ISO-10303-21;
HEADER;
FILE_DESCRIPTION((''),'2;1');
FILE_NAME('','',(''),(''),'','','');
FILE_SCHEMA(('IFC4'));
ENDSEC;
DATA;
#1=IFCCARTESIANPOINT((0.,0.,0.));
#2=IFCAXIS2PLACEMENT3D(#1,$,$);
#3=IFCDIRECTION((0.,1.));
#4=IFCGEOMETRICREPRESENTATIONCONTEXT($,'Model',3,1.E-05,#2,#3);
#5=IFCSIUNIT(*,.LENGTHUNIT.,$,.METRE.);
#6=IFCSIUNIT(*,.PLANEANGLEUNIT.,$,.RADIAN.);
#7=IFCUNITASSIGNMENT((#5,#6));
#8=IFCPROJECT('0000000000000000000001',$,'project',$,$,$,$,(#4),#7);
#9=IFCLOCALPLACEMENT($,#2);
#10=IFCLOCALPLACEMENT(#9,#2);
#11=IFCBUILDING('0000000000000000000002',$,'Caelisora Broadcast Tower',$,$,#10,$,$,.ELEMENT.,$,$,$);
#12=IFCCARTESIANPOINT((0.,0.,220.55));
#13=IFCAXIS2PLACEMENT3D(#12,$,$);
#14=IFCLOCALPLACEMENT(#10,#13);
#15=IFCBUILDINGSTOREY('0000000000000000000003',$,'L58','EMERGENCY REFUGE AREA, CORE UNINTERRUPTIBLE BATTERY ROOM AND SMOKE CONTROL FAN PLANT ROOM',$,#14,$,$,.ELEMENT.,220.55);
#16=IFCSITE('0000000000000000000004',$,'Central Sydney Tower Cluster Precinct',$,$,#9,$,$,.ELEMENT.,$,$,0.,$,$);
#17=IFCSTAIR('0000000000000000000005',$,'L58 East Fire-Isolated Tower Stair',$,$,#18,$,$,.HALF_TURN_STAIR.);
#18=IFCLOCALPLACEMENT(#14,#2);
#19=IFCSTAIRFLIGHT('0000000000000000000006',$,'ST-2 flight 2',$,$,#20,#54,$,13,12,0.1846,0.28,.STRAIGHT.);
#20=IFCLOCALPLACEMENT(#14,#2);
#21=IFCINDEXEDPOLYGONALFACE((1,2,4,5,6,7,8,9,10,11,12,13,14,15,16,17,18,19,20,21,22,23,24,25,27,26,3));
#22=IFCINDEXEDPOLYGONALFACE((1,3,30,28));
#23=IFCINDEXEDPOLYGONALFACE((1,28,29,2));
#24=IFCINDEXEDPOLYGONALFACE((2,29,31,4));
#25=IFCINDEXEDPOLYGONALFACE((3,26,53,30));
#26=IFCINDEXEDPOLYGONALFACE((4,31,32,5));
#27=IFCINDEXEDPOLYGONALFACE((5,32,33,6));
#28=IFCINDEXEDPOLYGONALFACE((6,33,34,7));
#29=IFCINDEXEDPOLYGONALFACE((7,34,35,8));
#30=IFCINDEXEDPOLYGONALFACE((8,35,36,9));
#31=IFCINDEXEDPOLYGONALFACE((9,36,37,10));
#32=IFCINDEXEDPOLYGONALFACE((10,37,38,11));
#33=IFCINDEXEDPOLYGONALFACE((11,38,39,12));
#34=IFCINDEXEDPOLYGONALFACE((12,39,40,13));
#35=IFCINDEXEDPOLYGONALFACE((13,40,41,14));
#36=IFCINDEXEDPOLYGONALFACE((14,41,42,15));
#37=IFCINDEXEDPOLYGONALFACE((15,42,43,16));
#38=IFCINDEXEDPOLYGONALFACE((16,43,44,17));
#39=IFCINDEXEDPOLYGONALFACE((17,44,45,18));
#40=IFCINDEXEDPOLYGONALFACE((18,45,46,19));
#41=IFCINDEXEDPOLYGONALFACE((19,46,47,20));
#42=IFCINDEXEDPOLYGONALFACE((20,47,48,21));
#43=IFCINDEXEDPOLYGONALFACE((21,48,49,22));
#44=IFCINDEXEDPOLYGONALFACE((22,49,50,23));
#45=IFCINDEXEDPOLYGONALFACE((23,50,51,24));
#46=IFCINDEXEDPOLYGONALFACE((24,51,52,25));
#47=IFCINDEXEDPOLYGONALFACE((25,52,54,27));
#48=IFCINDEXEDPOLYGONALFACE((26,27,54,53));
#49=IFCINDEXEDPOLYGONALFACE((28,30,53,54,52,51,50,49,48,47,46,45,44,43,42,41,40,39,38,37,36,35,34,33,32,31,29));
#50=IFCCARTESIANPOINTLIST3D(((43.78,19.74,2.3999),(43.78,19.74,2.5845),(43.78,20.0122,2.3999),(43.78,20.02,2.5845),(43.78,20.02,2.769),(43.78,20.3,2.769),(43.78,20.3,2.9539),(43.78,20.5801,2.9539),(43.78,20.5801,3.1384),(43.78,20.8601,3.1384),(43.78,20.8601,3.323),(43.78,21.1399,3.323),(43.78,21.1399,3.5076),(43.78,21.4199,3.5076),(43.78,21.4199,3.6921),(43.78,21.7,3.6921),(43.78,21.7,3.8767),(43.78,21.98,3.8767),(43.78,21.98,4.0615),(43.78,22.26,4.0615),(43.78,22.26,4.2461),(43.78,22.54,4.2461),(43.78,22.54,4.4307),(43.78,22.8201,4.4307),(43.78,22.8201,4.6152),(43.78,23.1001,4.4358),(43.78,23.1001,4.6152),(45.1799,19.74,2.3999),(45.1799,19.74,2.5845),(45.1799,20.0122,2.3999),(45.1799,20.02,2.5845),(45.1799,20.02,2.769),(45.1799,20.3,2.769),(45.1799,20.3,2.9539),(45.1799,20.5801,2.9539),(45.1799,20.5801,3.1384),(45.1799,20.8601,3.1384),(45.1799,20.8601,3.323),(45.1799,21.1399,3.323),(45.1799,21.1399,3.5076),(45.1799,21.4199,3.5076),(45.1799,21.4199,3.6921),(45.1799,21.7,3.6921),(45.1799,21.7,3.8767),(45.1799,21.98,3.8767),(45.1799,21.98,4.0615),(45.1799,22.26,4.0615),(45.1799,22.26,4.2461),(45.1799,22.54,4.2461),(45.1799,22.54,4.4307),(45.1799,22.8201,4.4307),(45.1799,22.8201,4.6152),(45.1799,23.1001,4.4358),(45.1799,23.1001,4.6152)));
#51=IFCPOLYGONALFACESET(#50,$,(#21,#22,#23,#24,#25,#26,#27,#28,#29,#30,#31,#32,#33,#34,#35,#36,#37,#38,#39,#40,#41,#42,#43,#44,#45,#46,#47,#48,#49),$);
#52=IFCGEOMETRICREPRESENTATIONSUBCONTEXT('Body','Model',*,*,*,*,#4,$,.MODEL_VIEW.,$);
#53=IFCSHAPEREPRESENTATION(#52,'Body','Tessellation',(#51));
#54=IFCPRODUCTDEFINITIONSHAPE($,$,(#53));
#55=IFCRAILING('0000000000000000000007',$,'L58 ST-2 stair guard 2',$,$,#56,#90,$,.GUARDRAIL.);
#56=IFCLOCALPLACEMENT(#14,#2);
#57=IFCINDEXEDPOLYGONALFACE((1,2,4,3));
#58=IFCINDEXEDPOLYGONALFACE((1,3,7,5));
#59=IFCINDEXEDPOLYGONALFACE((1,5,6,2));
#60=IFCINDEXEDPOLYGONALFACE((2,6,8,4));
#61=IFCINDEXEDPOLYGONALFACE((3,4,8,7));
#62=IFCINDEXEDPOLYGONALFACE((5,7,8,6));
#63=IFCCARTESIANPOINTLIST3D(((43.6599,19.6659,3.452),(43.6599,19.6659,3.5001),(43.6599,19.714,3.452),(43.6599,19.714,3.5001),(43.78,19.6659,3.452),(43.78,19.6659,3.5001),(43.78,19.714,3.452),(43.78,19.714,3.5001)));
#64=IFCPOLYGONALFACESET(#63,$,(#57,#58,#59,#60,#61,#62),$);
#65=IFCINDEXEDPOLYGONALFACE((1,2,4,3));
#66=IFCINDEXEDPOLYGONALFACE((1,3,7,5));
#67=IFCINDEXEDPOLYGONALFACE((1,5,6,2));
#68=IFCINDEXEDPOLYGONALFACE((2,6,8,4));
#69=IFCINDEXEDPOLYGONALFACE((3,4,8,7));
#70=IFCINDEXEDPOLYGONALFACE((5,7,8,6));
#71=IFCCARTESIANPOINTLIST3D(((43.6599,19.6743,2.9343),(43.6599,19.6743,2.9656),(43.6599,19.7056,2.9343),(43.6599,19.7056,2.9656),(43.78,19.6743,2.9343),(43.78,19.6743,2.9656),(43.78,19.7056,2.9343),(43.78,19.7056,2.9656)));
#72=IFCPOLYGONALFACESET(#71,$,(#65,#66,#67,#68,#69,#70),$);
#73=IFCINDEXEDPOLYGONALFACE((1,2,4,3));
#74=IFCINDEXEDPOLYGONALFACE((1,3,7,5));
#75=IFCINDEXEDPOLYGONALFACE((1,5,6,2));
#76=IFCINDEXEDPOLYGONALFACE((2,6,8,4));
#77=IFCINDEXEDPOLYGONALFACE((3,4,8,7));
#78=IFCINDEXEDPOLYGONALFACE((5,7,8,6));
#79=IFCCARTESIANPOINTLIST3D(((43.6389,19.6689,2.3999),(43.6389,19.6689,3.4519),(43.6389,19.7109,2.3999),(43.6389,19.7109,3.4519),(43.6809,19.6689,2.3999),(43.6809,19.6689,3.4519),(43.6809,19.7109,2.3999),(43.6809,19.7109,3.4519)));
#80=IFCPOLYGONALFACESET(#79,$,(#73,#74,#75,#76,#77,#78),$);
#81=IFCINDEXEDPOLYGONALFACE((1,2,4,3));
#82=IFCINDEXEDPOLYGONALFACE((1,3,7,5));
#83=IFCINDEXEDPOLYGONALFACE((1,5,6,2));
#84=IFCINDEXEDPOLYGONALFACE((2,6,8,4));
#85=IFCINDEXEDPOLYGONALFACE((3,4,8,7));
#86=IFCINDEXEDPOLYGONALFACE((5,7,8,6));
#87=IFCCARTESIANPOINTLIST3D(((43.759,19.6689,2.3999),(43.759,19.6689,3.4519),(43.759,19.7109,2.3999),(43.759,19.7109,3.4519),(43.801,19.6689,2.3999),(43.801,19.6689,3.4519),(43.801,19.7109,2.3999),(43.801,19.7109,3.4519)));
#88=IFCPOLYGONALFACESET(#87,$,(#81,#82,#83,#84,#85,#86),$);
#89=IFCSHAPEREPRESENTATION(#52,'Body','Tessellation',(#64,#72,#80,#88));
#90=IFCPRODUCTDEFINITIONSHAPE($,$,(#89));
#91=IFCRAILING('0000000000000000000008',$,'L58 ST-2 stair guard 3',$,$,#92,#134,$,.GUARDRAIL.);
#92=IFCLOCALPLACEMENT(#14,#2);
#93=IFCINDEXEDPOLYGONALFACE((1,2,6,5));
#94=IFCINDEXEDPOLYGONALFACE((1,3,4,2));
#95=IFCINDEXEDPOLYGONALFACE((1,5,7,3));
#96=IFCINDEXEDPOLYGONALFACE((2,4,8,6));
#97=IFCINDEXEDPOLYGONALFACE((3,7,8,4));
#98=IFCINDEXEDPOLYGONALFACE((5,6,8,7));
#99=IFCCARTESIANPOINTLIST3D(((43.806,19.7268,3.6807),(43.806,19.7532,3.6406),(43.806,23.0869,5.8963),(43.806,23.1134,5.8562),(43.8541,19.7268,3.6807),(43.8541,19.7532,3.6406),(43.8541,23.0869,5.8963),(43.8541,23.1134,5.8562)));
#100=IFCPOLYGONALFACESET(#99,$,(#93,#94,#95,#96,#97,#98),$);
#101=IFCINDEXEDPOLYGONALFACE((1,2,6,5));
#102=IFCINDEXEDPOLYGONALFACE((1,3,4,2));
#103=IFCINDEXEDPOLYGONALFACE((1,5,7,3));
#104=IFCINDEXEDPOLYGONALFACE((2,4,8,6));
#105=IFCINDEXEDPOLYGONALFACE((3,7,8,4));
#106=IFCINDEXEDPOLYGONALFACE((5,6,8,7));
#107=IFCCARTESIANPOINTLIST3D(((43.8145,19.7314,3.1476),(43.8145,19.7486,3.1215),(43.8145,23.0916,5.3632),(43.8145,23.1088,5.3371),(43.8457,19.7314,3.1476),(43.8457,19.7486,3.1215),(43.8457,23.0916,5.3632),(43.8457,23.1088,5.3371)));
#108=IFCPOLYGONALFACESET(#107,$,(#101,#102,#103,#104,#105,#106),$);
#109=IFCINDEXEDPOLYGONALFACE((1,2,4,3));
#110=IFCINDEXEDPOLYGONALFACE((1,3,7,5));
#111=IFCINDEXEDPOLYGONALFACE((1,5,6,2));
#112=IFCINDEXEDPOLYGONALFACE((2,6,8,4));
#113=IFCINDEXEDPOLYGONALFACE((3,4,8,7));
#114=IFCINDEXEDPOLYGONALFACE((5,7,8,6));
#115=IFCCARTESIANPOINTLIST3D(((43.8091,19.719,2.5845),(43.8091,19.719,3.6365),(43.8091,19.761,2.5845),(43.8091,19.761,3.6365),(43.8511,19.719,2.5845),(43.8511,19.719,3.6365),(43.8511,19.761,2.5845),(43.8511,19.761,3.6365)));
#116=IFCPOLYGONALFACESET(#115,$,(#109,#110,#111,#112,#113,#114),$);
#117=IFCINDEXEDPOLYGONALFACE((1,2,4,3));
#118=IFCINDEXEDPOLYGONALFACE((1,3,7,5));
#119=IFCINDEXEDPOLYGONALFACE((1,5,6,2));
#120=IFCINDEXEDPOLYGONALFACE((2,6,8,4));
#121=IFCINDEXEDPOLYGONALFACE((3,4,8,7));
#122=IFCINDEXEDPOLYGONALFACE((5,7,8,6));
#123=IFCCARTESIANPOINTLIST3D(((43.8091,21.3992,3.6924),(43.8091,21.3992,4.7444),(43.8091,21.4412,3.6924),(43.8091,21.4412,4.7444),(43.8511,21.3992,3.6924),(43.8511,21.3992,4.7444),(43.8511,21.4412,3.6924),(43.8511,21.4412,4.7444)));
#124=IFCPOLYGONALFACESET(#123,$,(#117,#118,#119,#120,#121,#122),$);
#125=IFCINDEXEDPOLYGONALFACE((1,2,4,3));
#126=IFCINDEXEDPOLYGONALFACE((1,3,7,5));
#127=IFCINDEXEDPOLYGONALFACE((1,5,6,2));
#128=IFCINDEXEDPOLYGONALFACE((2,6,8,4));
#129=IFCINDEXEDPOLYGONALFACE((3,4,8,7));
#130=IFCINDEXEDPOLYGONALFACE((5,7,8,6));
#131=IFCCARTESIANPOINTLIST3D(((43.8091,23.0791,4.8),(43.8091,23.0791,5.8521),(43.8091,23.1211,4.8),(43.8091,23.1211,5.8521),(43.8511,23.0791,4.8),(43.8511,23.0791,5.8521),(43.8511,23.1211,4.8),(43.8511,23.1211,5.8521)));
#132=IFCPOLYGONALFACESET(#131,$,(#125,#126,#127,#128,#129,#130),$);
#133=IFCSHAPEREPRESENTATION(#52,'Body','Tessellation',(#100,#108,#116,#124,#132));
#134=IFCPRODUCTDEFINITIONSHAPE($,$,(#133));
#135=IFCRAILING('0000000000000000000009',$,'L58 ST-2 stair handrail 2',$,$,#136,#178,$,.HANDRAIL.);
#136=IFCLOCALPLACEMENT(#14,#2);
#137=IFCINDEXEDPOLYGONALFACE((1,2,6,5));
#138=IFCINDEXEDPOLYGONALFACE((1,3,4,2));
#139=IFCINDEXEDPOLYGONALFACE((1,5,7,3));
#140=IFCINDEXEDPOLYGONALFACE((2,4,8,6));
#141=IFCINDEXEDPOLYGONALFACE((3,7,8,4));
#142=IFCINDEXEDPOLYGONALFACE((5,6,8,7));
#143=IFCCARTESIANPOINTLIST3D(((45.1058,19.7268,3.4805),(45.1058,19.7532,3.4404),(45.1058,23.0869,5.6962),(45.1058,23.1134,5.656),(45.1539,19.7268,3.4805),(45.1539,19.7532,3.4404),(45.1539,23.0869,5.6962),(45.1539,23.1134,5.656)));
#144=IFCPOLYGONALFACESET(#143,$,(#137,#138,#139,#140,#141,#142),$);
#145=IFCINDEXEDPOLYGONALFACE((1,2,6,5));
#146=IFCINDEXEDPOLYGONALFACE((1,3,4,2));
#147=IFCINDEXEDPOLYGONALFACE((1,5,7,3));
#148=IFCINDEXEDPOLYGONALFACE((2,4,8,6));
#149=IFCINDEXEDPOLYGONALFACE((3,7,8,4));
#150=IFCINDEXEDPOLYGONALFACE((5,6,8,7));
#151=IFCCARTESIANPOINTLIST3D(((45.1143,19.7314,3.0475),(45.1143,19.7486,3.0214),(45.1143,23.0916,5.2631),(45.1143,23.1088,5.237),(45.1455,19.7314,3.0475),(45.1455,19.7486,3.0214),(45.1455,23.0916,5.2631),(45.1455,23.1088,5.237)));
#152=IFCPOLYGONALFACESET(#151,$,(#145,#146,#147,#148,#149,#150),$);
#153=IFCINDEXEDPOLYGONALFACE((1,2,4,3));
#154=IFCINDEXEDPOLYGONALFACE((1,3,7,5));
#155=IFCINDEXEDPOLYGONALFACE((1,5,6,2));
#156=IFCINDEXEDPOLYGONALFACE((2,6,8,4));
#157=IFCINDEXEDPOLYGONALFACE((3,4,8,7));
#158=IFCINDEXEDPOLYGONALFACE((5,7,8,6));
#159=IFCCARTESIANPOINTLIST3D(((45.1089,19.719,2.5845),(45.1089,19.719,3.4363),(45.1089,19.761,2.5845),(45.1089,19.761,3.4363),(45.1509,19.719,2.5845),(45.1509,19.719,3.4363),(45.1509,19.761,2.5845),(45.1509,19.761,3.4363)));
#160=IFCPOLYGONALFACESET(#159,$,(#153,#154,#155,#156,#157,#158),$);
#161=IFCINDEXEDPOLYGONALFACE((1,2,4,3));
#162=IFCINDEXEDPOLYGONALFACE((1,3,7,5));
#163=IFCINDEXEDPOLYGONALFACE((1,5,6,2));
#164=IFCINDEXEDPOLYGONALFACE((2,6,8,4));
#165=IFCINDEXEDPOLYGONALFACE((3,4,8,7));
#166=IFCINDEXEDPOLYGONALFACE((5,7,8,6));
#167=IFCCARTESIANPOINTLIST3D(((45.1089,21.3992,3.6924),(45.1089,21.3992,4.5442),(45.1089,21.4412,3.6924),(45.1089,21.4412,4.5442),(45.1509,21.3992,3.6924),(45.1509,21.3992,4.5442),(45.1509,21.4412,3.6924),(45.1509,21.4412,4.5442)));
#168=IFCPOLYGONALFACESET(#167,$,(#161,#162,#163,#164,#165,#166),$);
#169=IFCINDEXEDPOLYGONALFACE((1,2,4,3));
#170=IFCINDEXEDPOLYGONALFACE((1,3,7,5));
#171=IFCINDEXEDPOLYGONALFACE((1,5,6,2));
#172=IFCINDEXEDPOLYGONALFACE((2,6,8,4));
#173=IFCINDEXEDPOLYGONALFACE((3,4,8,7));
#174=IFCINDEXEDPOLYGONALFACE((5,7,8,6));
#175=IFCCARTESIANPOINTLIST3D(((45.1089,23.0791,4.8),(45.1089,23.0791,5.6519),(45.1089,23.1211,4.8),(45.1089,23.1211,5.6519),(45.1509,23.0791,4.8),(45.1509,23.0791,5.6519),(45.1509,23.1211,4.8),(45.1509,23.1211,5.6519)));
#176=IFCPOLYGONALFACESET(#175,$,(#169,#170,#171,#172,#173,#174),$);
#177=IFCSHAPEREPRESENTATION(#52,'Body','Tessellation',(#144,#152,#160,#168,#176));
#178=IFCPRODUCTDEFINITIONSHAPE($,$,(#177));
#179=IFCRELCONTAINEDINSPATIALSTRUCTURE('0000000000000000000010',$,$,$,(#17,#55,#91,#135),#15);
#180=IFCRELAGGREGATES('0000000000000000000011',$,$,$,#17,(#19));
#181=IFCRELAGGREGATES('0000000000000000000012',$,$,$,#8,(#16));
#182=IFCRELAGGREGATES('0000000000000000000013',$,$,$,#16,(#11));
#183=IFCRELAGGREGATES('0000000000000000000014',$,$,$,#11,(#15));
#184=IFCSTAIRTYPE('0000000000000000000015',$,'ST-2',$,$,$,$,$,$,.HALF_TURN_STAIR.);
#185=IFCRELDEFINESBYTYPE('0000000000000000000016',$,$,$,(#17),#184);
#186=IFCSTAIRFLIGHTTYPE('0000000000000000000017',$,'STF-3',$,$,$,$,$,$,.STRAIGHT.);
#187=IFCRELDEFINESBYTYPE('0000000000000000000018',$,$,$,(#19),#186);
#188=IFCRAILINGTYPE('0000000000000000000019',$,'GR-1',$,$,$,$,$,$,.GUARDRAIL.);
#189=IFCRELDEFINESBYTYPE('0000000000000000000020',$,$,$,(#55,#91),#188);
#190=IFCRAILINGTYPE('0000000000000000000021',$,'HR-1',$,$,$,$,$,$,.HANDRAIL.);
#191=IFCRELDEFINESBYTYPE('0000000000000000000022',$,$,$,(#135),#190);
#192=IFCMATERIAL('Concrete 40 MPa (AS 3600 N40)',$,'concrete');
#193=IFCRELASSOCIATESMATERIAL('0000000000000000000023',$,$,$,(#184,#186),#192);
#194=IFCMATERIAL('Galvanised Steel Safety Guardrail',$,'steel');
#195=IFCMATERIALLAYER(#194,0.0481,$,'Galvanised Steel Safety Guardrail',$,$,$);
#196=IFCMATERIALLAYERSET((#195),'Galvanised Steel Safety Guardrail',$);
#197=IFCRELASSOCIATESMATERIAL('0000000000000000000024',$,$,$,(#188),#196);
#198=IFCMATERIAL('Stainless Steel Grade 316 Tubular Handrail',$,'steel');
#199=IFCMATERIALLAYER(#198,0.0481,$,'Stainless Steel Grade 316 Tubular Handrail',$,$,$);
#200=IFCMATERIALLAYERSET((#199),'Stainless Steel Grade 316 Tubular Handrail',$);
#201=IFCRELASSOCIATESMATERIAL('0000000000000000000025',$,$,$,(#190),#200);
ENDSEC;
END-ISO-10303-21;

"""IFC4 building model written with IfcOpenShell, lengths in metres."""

from ifc_helpers import new_model, si_unit, direction, frame, origin, origin_2d, place, context, subcontext, project, spatial, polyline, rectangle, outline, extrude, material, layer, layer_set, type_object, element, aggregate, save


model = new_model("IFC4")

# Units and contexts
model_context = context("Model", 3, precision=1e-05, world=origin(), true_north=direction((0.0, 1.0)))
body_context = subcontext(model_context, "Body", "Model", "MODEL_VIEW")
ifc_project = project(units=[si_unit("LENGTHUNIT", "METRE"), si_unit("PLANEANGLEUNIT", "RADIAN")], contexts=[model_context])

# Site, building, storey
site_placement = place(None, origin())
site = spatial("IfcSite", under=ifc_project, at=site_placement, Name="Central Sydney Tower Cluster Precinct", CompositionType="ELEMENT", RefElevation=0.0)
building_placement = place(site_placement, origin())
building = spatial("IfcBuilding", under=site, at=building_placement, Name="Caelisora Broadcast Tower", CompositionType="ELEMENT")
storey_placement = place(building_placement, frame((0.0, 0.0, 220.55)))
storey = spatial("IfcBuildingStorey", under=building, at=storey_placement, Name="L58", Description="EMERGENCY REFUGE AREA, CORE UNINTERRUPTIBLE BATTERY ROOM AND SMOKE CONTROL FAN PLANT ROOM", CompositionType="ELEMENT", Elevation=220.55)

# Stair, stair flight
ifc_material_1 = material(Name="Concrete 40 MPa (AS 3600 N40)", Category="concrete")
stair_type = type_object("IfcStairType", Name="ST-2", PredefinedType="HALF_TURN_STAIR", material=ifc_material_1)
stair_placement = place(storey_placement, origin())
stair = element("IfcStair", 1, at=stair_placement, inside=storey, type_object=stair_type, Name="L58 East Fire-Isolated Tower Stair", PredefinedType="HALF_TURN_STAIR")
stair_flight_type = type_object("IfcStairFlightType", Name="STF-3", PredefinedType="STRAIGHT", material=ifc_material_1)
stair_flight_placement = place(storey_placement, frame((44.48, 19.74, 2.3999), z_axis=(0.0, 0.0, 1.0), x_axis=(0.0, 1.0, 0.0)))
stair_flight = element("IfcStairFlight", 2, at=stair_flight_placement, type_object=stair_flight_type, Name="ST-2 flight 2", NumberOfRisers=13, NumberOfTreads=12, PredefinedType="STRAIGHT", RiserHeight=0.1846, TreadLength=0.28, context=body_context, shape_type="SweptSolid", body=[
    extrude(outline(polyline([(0.0, 0.0), (0.0, 0.1846), (0.28, 0.1846), (0.28, 0.3691), (0.5601, 0.3691), (0.5601, 0.554), (0.8401, 0.554), (0.8401, 0.7385), (1.1201, 0.7385), (1.1201, 0.9231), (1.3999, 0.9231), (1.3999, 1.1077), (1.6799, 1.1077), (1.6799, 1.2922), (1.96, 1.2922), (1.96, 1.4768), (2.24, 1.4768), (2.24, 1.6616), (2.52, 1.6616), (2.52, 1.8462), (2.8, 1.8462), (2.8, 2.0308), (3.0801, 2.0308), (3.0801, 2.2153), (3.3601, 2.2153), (3.3601, 2.3999), (3.3601, 2.0359), (0.2722, 0.0), (0.0, 0.0)])), frame((0.0, 0.7, 0.0), z_axis=(0.0, -1.0, 0.0), x_axis=(1.0, 0.0, 0.0)), (0.0, 0.0, 1.0), 1.3999),
])
aggregate(stair, [stair_flight])

# Railings
ifc_material_2 = material(Name="Galvanised Steel Safety Guardrail", Category="steel")
ifc_layer_1 = layer(ifc_material_2, 0.0481, Name="Galvanised Steel Safety Guardrail")
ifc_layer_set_1 = layer_set([ifc_layer_1], Name="Galvanised Steel Safety Guardrail")
railing_type_1 = type_object("IfcRailingType", Name="GR-1", PredefinedType="GUARDRAIL", material=ifc_layer_set_1)
railing_1_placement = place(storey_placement, frame((43.6599, 19.6899, 2.3999)))
element("IfcRailing", 3, at=railing_1_placement, inside=storey, type_object=railing_type_1, Name="L58 ST-2 stair guard 2", PredefinedType="GUARDRAIL", context=body_context, shape_type="SweptSolid", body=[
    extrude(rectangle(XDim=0.0481, YDim=0.0481, at=origin_2d()), frame((0.0, 0.0, 1.0762), z_axis=(1.0, 0.0, 0.0), x_axis=(0.0, 1.0, 0.0)), (0.0, 0.0, 1.0), 0.1201),
    extrude(rectangle(XDim=0.0312, YDim=0.0312, at=origin_2d()), frame((0.0, 0.0, 0.55), z_axis=(1.0, 0.0, 0.0), x_axis=(0.0, 1.0, 0.0)), (0.0, 0.0, 1.0), 0.1201),
    extrude(rectangle(XDim=0.042, YDim=0.042, at=origin_2d()), origin(), (0.0, 0.0, 1.0), 1.052),
    extrude(rectangle(XDim=0.042, YDim=0.042, at=origin_2d()), frame((0.1201, 0.0, 0.0)), (0.0, 0.0, 1.0), 1.052),
])
railing_2_placement = place(storey_placement, frame((43.8301, 19.74, 2.5845)))
element("IfcRailing", 4, at=railing_2_placement, inside=storey, type_object=railing_type_1, Name="L58 ST-2 stair guard 3", PredefinedType="GUARDRAIL", context=body_context, shape_type="SweptSolid", body=[
    extrude(rectangle(XDim=0.0481, YDim=0.0481, at=origin_2d()), frame((0.0, 0.0, 1.0762), z_axis=(0.0, 0.834849, 0.55048), x_axis=(-1.0, 0.0, 0.0)), (0.0, 0.0, 1.0), 4.0249),
    extrude(rectangle(XDim=0.0312, YDim=0.0312, at=origin_2d()), frame((0.0, 0.0, 0.55), z_axis=(0.0, 0.834849, 0.55048), x_axis=(-1.0, 0.0, 0.0)), (0.0, 0.0, 1.0), 4.0249),
    extrude(rectangle(XDim=0.042, YDim=0.042, at=origin_2d()), origin(), (0.0, 0.0, 1.0), 1.052),
    extrude(rectangle(XDim=0.042, YDim=0.042, at=origin_2d()), frame((0.0, 1.6802, 1.1079)), (0.0, 0.0, 1.0), 1.052),
    extrude(rectangle(XDim=0.042, YDim=0.042, at=origin_2d()), frame((0.0, 3.3601, 2.2156)), (0.0, 0.0, 1.0), 1.052),
])
ifc_material_3 = material(Name="Stainless Steel Grade 316 Tubular Handrail", Category="steel")
ifc_layer_2 = layer(ifc_material_3, 0.0481, Name="Stainless Steel Grade 316 Tubular Handrail")
ifc_layer_set_2 = layer_set([ifc_layer_2], Name="Stainless Steel Grade 316 Tubular Handrail")
railing_type_2 = type_object("IfcRailingType", Name="HR-1", PredefinedType="HANDRAIL", material=ifc_layer_set_2)
railing_3_placement = place(storey_placement, frame((45.1299, 19.74, 2.5845)))
element("IfcRailing", 5, at=railing_3_placement, inside=storey, type_object=railing_type_2, Name="L58 ST-2 stair handrail 2", PredefinedType="HANDRAIL", context=body_context, shape_type="SweptSolid", body=[
    extrude(rectangle(XDim=0.0481, YDim=0.0481, at=origin_2d()), frame((0.0, 0.0, 0.876), z_axis=(0.0, 0.834849, 0.55048), x_axis=(-1.0, 0.0, 0.0)), (0.0, 0.0, 1.0), 4.0249),
    extrude(rectangle(XDim=0.0312, YDim=0.0312, at=origin_2d()), frame((0.0, 0.0, 0.45), z_axis=(0.0, 0.834849, 0.55048), x_axis=(-1.0, 0.0, 0.0)), (0.0, 0.0, 1.0), 4.0249),
    extrude(rectangle(XDim=0.042, YDim=0.042, at=origin_2d()), origin(), (0.0, 0.0, 1.0), 0.8518),
    extrude(rectangle(XDim=0.042, YDim=0.042, at=origin_2d()), frame((0.0, 1.6802, 1.1079)), (0.0, 0.0, 1.0), 0.8518),
    extrude(rectangle(XDim=0.042, YDim=0.042, at=origin_2d()), frame((0.0, 3.3601, 2.2156)), (0.0, 0.0, 1.0), 0.8518),
])

save(model, "model.ifc")
